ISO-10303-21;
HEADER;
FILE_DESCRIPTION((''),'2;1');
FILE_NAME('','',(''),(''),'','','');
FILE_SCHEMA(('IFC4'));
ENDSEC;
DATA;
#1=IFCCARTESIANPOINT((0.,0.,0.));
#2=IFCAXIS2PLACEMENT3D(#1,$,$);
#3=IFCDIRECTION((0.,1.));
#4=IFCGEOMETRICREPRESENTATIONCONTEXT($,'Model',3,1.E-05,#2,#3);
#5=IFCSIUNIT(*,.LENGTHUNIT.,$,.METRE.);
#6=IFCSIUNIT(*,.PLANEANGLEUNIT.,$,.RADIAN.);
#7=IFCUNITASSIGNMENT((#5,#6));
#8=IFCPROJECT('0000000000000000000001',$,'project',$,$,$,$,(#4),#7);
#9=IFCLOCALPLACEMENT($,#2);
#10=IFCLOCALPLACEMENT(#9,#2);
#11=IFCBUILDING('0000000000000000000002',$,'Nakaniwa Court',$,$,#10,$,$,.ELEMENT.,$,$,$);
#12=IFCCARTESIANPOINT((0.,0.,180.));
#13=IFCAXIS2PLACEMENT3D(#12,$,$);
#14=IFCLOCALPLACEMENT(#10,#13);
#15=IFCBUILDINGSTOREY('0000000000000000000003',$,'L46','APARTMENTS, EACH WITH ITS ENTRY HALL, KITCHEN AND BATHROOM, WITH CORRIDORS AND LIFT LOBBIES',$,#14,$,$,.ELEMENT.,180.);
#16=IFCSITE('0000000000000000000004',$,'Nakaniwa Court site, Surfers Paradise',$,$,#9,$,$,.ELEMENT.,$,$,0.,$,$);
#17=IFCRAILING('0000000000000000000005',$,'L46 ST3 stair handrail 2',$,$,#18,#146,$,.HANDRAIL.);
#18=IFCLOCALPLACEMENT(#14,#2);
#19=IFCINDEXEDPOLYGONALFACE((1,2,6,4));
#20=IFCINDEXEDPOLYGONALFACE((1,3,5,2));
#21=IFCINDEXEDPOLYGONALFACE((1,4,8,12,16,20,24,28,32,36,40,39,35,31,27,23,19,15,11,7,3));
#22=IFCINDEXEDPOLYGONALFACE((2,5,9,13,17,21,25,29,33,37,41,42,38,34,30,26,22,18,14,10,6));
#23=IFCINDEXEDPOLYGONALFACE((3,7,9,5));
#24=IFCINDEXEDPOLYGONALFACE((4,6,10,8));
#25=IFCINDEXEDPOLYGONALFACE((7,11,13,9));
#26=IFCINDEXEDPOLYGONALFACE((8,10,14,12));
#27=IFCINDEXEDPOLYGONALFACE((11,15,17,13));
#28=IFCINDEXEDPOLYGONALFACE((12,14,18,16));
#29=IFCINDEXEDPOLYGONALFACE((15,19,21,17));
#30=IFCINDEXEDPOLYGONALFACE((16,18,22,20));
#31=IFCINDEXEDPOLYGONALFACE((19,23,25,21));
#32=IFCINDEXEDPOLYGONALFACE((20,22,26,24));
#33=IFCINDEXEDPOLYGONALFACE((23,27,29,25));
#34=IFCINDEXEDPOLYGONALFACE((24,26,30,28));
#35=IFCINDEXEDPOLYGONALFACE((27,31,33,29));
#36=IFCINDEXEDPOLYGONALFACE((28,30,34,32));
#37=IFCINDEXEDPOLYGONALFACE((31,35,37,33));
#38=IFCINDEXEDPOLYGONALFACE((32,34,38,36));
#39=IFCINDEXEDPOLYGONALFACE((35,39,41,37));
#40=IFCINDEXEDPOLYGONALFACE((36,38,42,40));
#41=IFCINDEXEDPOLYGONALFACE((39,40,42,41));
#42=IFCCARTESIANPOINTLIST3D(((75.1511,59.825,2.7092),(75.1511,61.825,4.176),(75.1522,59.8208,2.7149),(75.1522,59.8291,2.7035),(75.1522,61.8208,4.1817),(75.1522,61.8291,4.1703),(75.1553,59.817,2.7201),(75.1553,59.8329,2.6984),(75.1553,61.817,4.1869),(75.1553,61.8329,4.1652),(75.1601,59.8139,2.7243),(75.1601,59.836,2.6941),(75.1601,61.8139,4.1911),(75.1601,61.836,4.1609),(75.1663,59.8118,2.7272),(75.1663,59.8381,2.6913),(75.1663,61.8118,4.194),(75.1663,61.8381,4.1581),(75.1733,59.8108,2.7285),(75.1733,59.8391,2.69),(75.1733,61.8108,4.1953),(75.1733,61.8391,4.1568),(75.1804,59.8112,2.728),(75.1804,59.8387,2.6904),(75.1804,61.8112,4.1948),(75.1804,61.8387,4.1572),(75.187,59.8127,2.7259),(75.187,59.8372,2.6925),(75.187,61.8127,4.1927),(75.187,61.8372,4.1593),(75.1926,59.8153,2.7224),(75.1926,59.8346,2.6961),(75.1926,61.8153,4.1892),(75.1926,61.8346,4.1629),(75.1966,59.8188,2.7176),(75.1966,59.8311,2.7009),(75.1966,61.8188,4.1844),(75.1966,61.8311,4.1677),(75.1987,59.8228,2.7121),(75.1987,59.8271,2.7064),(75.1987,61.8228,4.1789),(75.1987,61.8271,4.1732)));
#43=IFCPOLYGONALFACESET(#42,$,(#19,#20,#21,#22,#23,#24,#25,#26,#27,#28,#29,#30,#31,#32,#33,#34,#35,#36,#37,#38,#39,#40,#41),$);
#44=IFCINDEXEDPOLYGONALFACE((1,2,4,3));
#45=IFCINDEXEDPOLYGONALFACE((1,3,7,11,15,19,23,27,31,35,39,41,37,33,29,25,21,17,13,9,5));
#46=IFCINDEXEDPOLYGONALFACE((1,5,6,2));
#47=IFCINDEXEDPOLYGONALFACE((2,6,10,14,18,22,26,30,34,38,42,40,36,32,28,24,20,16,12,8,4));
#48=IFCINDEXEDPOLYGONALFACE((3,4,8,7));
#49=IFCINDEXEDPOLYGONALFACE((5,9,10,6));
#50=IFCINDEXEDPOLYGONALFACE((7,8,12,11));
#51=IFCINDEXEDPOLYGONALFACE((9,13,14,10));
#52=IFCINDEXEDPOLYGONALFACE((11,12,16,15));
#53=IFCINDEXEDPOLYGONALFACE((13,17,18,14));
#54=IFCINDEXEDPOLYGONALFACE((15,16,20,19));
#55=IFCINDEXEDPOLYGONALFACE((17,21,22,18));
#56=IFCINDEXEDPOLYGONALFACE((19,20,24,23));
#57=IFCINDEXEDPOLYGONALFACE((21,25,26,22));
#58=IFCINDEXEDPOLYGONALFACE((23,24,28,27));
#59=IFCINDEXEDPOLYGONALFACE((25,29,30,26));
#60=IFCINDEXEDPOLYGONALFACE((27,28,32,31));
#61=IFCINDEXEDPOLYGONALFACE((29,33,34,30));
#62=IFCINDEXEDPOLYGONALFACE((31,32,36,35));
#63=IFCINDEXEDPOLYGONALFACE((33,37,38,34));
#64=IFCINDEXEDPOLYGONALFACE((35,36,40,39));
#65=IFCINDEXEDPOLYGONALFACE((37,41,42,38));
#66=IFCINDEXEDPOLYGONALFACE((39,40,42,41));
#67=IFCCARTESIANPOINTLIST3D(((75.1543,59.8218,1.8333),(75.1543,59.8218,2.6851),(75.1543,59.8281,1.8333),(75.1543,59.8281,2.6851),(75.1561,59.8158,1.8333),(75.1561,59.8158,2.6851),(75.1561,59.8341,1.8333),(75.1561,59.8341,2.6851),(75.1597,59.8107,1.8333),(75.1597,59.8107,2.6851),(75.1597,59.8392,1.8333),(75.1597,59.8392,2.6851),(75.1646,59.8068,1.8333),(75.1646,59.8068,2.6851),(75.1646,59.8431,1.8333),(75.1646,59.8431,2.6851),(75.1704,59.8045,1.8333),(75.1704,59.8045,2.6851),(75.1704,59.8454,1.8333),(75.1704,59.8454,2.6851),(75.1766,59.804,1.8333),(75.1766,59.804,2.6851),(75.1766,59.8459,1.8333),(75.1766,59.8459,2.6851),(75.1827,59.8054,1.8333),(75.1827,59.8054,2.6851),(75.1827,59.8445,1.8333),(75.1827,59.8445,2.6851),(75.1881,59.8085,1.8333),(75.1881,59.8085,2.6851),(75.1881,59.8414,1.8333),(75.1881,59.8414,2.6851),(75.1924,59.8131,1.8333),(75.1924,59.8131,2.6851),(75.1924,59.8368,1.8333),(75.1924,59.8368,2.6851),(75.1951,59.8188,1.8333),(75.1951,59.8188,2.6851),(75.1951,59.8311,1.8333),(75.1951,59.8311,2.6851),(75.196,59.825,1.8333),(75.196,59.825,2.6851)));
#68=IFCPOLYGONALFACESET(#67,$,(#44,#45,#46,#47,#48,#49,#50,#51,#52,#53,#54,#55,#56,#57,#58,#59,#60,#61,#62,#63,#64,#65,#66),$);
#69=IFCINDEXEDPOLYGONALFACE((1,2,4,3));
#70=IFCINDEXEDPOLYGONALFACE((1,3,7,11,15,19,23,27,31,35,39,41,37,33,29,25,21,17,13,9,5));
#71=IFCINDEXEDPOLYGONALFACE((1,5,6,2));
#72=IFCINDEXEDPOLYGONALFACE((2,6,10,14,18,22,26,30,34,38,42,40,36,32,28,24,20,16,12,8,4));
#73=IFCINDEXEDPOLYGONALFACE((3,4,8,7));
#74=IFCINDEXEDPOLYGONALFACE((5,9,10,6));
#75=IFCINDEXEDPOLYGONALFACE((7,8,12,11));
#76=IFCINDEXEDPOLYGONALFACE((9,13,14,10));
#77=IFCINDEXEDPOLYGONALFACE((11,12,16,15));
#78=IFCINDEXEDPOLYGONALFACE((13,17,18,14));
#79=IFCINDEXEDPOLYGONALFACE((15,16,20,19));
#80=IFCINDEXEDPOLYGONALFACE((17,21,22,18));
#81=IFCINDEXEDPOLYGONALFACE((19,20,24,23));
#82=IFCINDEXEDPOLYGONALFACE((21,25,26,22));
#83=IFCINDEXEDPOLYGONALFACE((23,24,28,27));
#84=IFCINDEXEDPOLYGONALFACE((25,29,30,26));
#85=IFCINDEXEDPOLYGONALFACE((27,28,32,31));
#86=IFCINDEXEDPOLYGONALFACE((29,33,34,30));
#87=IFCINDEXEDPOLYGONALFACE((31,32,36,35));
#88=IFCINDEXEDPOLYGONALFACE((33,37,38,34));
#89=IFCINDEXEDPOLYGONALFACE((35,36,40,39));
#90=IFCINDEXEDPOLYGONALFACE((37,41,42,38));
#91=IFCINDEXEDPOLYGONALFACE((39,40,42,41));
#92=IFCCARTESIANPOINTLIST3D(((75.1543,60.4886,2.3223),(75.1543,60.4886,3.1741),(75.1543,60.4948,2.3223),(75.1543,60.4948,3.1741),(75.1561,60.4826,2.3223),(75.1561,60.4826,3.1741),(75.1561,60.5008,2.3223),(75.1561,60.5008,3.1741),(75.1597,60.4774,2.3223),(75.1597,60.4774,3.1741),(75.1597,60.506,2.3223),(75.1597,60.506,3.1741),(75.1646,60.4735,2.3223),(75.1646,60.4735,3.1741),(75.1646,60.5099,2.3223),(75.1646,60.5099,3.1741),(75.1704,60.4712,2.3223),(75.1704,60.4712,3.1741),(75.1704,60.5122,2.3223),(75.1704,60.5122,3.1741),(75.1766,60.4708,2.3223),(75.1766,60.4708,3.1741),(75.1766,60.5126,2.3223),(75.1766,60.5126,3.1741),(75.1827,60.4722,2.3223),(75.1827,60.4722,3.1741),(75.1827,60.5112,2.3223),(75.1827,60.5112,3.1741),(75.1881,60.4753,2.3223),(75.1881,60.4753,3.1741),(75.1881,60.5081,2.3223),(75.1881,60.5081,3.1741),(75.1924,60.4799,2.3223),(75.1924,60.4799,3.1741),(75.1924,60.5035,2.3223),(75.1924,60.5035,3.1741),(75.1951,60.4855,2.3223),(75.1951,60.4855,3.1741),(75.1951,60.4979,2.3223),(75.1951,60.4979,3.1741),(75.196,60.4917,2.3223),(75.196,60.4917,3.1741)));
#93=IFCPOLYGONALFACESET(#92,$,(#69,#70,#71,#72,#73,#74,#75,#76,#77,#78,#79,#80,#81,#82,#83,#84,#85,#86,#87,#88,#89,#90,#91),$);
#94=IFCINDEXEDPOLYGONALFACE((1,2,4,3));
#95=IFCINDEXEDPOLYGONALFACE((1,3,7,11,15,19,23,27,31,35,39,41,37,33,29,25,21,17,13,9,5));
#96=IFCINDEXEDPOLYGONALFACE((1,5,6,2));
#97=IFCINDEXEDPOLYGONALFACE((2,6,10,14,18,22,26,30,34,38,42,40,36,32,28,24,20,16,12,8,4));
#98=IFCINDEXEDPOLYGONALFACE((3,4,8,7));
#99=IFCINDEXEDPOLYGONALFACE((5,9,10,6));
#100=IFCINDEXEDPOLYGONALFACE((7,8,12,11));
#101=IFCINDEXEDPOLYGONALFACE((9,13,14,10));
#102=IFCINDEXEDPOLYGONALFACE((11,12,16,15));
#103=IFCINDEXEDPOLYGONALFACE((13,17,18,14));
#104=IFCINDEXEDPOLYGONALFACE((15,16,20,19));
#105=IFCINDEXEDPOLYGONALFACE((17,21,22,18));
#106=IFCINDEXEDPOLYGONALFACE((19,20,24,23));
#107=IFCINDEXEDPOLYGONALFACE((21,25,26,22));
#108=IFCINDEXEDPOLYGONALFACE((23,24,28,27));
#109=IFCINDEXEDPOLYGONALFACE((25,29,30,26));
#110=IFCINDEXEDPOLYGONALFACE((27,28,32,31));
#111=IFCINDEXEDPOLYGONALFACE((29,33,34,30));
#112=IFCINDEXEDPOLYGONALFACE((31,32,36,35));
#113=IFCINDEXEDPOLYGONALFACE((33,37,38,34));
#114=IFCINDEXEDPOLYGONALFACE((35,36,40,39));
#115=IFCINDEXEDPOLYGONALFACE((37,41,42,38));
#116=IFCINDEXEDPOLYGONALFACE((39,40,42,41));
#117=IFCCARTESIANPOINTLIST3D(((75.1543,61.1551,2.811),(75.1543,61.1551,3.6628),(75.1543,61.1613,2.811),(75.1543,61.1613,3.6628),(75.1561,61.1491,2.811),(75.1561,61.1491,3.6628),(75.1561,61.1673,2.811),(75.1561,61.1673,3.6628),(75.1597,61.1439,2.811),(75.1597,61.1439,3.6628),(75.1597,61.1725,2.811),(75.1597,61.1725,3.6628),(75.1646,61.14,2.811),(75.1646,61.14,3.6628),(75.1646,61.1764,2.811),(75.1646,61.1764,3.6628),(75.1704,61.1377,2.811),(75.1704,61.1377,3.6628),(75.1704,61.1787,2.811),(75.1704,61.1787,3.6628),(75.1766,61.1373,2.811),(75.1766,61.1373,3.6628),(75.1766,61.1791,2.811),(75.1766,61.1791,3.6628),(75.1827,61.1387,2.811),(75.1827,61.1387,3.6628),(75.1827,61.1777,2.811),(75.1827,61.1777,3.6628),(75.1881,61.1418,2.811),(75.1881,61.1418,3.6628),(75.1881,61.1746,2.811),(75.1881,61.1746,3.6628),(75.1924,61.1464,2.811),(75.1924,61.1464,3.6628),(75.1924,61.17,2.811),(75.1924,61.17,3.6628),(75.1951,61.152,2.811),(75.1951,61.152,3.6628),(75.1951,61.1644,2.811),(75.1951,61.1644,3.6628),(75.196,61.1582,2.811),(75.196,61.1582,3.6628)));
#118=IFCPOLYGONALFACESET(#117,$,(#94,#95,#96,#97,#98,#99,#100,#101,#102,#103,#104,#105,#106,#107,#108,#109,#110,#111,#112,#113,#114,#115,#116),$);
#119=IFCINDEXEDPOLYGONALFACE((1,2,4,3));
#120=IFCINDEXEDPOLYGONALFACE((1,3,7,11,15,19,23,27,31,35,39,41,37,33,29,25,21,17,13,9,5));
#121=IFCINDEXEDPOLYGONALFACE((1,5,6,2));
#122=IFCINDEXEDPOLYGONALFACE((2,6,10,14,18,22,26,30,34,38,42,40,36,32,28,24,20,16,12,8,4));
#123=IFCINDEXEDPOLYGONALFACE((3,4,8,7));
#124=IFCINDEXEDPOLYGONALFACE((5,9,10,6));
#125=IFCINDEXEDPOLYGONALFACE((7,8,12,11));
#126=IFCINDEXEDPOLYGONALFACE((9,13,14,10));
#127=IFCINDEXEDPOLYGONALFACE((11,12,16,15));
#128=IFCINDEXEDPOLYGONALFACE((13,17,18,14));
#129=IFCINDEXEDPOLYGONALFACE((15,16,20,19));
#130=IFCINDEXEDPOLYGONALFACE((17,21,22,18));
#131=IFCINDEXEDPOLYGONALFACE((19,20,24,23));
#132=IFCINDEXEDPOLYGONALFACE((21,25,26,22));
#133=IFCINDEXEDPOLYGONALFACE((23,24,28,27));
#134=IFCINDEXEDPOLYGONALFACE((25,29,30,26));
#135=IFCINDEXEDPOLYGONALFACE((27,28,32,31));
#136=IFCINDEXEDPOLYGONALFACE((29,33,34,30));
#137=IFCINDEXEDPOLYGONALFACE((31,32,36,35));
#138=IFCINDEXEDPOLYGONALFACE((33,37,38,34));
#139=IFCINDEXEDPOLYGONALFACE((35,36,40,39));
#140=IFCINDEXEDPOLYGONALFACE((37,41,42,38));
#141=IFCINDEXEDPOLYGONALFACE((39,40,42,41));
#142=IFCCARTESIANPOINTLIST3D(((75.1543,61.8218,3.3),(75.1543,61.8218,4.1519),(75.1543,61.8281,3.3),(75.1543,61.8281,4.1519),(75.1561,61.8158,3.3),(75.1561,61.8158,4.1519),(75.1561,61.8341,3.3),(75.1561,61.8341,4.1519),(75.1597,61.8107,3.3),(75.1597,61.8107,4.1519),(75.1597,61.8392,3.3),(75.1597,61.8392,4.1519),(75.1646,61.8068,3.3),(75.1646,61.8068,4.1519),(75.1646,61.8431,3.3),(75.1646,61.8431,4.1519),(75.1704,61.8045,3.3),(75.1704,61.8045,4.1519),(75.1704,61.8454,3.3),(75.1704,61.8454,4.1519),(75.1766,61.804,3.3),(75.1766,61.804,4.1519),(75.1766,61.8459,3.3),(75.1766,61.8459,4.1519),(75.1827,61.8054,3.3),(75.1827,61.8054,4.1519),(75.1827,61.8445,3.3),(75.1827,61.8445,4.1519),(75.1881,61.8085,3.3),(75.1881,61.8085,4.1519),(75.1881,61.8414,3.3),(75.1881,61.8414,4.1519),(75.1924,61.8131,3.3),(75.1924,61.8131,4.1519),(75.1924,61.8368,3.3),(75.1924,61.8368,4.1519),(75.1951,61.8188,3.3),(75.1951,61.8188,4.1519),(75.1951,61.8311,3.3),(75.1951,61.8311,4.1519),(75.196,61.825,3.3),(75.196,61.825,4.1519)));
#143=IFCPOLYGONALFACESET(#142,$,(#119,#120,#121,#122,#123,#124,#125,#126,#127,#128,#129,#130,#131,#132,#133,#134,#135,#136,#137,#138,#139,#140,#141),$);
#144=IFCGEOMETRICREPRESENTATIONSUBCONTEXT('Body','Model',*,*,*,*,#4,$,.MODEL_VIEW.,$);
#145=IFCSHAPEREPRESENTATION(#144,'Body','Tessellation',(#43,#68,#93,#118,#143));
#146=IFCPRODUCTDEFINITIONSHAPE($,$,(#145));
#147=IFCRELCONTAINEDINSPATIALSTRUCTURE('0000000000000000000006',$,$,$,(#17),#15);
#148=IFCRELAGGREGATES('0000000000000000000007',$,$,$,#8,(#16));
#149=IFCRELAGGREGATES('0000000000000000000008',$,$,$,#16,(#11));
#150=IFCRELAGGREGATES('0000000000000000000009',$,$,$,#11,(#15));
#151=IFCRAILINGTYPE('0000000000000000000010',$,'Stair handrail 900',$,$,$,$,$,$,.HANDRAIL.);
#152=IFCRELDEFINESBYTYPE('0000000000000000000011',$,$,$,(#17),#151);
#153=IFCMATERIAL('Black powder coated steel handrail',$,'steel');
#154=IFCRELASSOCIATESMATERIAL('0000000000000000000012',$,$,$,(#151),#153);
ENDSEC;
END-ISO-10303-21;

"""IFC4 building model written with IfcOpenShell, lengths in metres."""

from ifc_helpers import new_model, si_unit, direction, frame, origin, origin_2d, place, context, subcontext, project, spatial, circle, extrude, material, type_object, element, save


model = new_model("IFC4")

# Units and contexts
model_context = context("Model", 3, precision=1e-05, world=origin(), true_north=direction((0.0, 1.0)))
body_context = subcontext(model_context, "Body", "Model", "MODEL_VIEW")
ifc_project = project(units=[si_unit("LENGTHUNIT", "METRE"), si_unit("PLANEANGLEUNIT", "RADIAN")], contexts=[model_context])

# Site, building, storey
site_placement = place(None, origin())
site = spatial("IfcSite", under=ifc_project, at=site_placement, Name="Nakaniwa Court site, Surfers Paradise", CompositionType="ELEMENT", RefElevation=0.0)
building_placement = place(site_placement, origin())
building = spatial("IfcBuilding", under=site, at=building_placement, Name="Nakaniwa Court", CompositionType="ELEMENT")
storey_placement = place(building_placement, frame((0.0, 0.0, 180.0)))
storey = spatial("IfcBuildingStorey", under=building, at=storey_placement, Name="L46", Description="APARTMENTS, EACH WITH ITS ENTRY HALL, KITCHEN AND BATHROOM, WITH CORRIDORS AND LIFT LOBBIES", CompositionType="ELEMENT", Elevation=180.0)

# Railing
ifc_material_1 = material(Name="Black powder coated steel handrail", Category="steel")
railing_type_1 = type_object("IfcRailingType", Name="Stair handrail 900", PredefinedType="HANDRAIL", material=ifc_material_1)
railing_1_placement = place(storey_placement, frame((75.175, 59.825, 1.8333)))
element("IfcRailing", 1, at=railing_1_placement, inside=storey, type_object=railing_type_1, Name="L46 ST3 stair handrail 2", PredefinedType="HANDRAIL", context=body_context, shape_type="SweptSolid", body=[
    extrude(circle(Radius=0.0239, at=origin_2d()), frame((0.0, 0.0, 0.876), z_axis=(0.0, 0.80638, 0.591398), x_axis=(-1.0, 0.0, 0.0)), (0.0, 0.0, 1.0), 2.4802),
    extrude(circle(Radius=0.021, at=origin_2d()), origin(), (0.0, 0.0, 1.0), 0.8518),
    extrude(circle(Radius=0.021, at=origin_2d()), frame((0.0, 0.6667, 0.489)), (0.0, 0.0, 1.0), 0.8518),
    extrude(circle(Radius=0.021, at=origin_2d()), frame((0.0, 1.3333, 0.9778)), (0.0, 0.0, 1.0), 0.8518),
    extrude(circle(Radius=0.021, at=origin_2d()), frame((0.0, 2.0, 1.4668)), (0.0, 0.0, 1.0), 0.8518),
])

save(model, "model.ifc")
